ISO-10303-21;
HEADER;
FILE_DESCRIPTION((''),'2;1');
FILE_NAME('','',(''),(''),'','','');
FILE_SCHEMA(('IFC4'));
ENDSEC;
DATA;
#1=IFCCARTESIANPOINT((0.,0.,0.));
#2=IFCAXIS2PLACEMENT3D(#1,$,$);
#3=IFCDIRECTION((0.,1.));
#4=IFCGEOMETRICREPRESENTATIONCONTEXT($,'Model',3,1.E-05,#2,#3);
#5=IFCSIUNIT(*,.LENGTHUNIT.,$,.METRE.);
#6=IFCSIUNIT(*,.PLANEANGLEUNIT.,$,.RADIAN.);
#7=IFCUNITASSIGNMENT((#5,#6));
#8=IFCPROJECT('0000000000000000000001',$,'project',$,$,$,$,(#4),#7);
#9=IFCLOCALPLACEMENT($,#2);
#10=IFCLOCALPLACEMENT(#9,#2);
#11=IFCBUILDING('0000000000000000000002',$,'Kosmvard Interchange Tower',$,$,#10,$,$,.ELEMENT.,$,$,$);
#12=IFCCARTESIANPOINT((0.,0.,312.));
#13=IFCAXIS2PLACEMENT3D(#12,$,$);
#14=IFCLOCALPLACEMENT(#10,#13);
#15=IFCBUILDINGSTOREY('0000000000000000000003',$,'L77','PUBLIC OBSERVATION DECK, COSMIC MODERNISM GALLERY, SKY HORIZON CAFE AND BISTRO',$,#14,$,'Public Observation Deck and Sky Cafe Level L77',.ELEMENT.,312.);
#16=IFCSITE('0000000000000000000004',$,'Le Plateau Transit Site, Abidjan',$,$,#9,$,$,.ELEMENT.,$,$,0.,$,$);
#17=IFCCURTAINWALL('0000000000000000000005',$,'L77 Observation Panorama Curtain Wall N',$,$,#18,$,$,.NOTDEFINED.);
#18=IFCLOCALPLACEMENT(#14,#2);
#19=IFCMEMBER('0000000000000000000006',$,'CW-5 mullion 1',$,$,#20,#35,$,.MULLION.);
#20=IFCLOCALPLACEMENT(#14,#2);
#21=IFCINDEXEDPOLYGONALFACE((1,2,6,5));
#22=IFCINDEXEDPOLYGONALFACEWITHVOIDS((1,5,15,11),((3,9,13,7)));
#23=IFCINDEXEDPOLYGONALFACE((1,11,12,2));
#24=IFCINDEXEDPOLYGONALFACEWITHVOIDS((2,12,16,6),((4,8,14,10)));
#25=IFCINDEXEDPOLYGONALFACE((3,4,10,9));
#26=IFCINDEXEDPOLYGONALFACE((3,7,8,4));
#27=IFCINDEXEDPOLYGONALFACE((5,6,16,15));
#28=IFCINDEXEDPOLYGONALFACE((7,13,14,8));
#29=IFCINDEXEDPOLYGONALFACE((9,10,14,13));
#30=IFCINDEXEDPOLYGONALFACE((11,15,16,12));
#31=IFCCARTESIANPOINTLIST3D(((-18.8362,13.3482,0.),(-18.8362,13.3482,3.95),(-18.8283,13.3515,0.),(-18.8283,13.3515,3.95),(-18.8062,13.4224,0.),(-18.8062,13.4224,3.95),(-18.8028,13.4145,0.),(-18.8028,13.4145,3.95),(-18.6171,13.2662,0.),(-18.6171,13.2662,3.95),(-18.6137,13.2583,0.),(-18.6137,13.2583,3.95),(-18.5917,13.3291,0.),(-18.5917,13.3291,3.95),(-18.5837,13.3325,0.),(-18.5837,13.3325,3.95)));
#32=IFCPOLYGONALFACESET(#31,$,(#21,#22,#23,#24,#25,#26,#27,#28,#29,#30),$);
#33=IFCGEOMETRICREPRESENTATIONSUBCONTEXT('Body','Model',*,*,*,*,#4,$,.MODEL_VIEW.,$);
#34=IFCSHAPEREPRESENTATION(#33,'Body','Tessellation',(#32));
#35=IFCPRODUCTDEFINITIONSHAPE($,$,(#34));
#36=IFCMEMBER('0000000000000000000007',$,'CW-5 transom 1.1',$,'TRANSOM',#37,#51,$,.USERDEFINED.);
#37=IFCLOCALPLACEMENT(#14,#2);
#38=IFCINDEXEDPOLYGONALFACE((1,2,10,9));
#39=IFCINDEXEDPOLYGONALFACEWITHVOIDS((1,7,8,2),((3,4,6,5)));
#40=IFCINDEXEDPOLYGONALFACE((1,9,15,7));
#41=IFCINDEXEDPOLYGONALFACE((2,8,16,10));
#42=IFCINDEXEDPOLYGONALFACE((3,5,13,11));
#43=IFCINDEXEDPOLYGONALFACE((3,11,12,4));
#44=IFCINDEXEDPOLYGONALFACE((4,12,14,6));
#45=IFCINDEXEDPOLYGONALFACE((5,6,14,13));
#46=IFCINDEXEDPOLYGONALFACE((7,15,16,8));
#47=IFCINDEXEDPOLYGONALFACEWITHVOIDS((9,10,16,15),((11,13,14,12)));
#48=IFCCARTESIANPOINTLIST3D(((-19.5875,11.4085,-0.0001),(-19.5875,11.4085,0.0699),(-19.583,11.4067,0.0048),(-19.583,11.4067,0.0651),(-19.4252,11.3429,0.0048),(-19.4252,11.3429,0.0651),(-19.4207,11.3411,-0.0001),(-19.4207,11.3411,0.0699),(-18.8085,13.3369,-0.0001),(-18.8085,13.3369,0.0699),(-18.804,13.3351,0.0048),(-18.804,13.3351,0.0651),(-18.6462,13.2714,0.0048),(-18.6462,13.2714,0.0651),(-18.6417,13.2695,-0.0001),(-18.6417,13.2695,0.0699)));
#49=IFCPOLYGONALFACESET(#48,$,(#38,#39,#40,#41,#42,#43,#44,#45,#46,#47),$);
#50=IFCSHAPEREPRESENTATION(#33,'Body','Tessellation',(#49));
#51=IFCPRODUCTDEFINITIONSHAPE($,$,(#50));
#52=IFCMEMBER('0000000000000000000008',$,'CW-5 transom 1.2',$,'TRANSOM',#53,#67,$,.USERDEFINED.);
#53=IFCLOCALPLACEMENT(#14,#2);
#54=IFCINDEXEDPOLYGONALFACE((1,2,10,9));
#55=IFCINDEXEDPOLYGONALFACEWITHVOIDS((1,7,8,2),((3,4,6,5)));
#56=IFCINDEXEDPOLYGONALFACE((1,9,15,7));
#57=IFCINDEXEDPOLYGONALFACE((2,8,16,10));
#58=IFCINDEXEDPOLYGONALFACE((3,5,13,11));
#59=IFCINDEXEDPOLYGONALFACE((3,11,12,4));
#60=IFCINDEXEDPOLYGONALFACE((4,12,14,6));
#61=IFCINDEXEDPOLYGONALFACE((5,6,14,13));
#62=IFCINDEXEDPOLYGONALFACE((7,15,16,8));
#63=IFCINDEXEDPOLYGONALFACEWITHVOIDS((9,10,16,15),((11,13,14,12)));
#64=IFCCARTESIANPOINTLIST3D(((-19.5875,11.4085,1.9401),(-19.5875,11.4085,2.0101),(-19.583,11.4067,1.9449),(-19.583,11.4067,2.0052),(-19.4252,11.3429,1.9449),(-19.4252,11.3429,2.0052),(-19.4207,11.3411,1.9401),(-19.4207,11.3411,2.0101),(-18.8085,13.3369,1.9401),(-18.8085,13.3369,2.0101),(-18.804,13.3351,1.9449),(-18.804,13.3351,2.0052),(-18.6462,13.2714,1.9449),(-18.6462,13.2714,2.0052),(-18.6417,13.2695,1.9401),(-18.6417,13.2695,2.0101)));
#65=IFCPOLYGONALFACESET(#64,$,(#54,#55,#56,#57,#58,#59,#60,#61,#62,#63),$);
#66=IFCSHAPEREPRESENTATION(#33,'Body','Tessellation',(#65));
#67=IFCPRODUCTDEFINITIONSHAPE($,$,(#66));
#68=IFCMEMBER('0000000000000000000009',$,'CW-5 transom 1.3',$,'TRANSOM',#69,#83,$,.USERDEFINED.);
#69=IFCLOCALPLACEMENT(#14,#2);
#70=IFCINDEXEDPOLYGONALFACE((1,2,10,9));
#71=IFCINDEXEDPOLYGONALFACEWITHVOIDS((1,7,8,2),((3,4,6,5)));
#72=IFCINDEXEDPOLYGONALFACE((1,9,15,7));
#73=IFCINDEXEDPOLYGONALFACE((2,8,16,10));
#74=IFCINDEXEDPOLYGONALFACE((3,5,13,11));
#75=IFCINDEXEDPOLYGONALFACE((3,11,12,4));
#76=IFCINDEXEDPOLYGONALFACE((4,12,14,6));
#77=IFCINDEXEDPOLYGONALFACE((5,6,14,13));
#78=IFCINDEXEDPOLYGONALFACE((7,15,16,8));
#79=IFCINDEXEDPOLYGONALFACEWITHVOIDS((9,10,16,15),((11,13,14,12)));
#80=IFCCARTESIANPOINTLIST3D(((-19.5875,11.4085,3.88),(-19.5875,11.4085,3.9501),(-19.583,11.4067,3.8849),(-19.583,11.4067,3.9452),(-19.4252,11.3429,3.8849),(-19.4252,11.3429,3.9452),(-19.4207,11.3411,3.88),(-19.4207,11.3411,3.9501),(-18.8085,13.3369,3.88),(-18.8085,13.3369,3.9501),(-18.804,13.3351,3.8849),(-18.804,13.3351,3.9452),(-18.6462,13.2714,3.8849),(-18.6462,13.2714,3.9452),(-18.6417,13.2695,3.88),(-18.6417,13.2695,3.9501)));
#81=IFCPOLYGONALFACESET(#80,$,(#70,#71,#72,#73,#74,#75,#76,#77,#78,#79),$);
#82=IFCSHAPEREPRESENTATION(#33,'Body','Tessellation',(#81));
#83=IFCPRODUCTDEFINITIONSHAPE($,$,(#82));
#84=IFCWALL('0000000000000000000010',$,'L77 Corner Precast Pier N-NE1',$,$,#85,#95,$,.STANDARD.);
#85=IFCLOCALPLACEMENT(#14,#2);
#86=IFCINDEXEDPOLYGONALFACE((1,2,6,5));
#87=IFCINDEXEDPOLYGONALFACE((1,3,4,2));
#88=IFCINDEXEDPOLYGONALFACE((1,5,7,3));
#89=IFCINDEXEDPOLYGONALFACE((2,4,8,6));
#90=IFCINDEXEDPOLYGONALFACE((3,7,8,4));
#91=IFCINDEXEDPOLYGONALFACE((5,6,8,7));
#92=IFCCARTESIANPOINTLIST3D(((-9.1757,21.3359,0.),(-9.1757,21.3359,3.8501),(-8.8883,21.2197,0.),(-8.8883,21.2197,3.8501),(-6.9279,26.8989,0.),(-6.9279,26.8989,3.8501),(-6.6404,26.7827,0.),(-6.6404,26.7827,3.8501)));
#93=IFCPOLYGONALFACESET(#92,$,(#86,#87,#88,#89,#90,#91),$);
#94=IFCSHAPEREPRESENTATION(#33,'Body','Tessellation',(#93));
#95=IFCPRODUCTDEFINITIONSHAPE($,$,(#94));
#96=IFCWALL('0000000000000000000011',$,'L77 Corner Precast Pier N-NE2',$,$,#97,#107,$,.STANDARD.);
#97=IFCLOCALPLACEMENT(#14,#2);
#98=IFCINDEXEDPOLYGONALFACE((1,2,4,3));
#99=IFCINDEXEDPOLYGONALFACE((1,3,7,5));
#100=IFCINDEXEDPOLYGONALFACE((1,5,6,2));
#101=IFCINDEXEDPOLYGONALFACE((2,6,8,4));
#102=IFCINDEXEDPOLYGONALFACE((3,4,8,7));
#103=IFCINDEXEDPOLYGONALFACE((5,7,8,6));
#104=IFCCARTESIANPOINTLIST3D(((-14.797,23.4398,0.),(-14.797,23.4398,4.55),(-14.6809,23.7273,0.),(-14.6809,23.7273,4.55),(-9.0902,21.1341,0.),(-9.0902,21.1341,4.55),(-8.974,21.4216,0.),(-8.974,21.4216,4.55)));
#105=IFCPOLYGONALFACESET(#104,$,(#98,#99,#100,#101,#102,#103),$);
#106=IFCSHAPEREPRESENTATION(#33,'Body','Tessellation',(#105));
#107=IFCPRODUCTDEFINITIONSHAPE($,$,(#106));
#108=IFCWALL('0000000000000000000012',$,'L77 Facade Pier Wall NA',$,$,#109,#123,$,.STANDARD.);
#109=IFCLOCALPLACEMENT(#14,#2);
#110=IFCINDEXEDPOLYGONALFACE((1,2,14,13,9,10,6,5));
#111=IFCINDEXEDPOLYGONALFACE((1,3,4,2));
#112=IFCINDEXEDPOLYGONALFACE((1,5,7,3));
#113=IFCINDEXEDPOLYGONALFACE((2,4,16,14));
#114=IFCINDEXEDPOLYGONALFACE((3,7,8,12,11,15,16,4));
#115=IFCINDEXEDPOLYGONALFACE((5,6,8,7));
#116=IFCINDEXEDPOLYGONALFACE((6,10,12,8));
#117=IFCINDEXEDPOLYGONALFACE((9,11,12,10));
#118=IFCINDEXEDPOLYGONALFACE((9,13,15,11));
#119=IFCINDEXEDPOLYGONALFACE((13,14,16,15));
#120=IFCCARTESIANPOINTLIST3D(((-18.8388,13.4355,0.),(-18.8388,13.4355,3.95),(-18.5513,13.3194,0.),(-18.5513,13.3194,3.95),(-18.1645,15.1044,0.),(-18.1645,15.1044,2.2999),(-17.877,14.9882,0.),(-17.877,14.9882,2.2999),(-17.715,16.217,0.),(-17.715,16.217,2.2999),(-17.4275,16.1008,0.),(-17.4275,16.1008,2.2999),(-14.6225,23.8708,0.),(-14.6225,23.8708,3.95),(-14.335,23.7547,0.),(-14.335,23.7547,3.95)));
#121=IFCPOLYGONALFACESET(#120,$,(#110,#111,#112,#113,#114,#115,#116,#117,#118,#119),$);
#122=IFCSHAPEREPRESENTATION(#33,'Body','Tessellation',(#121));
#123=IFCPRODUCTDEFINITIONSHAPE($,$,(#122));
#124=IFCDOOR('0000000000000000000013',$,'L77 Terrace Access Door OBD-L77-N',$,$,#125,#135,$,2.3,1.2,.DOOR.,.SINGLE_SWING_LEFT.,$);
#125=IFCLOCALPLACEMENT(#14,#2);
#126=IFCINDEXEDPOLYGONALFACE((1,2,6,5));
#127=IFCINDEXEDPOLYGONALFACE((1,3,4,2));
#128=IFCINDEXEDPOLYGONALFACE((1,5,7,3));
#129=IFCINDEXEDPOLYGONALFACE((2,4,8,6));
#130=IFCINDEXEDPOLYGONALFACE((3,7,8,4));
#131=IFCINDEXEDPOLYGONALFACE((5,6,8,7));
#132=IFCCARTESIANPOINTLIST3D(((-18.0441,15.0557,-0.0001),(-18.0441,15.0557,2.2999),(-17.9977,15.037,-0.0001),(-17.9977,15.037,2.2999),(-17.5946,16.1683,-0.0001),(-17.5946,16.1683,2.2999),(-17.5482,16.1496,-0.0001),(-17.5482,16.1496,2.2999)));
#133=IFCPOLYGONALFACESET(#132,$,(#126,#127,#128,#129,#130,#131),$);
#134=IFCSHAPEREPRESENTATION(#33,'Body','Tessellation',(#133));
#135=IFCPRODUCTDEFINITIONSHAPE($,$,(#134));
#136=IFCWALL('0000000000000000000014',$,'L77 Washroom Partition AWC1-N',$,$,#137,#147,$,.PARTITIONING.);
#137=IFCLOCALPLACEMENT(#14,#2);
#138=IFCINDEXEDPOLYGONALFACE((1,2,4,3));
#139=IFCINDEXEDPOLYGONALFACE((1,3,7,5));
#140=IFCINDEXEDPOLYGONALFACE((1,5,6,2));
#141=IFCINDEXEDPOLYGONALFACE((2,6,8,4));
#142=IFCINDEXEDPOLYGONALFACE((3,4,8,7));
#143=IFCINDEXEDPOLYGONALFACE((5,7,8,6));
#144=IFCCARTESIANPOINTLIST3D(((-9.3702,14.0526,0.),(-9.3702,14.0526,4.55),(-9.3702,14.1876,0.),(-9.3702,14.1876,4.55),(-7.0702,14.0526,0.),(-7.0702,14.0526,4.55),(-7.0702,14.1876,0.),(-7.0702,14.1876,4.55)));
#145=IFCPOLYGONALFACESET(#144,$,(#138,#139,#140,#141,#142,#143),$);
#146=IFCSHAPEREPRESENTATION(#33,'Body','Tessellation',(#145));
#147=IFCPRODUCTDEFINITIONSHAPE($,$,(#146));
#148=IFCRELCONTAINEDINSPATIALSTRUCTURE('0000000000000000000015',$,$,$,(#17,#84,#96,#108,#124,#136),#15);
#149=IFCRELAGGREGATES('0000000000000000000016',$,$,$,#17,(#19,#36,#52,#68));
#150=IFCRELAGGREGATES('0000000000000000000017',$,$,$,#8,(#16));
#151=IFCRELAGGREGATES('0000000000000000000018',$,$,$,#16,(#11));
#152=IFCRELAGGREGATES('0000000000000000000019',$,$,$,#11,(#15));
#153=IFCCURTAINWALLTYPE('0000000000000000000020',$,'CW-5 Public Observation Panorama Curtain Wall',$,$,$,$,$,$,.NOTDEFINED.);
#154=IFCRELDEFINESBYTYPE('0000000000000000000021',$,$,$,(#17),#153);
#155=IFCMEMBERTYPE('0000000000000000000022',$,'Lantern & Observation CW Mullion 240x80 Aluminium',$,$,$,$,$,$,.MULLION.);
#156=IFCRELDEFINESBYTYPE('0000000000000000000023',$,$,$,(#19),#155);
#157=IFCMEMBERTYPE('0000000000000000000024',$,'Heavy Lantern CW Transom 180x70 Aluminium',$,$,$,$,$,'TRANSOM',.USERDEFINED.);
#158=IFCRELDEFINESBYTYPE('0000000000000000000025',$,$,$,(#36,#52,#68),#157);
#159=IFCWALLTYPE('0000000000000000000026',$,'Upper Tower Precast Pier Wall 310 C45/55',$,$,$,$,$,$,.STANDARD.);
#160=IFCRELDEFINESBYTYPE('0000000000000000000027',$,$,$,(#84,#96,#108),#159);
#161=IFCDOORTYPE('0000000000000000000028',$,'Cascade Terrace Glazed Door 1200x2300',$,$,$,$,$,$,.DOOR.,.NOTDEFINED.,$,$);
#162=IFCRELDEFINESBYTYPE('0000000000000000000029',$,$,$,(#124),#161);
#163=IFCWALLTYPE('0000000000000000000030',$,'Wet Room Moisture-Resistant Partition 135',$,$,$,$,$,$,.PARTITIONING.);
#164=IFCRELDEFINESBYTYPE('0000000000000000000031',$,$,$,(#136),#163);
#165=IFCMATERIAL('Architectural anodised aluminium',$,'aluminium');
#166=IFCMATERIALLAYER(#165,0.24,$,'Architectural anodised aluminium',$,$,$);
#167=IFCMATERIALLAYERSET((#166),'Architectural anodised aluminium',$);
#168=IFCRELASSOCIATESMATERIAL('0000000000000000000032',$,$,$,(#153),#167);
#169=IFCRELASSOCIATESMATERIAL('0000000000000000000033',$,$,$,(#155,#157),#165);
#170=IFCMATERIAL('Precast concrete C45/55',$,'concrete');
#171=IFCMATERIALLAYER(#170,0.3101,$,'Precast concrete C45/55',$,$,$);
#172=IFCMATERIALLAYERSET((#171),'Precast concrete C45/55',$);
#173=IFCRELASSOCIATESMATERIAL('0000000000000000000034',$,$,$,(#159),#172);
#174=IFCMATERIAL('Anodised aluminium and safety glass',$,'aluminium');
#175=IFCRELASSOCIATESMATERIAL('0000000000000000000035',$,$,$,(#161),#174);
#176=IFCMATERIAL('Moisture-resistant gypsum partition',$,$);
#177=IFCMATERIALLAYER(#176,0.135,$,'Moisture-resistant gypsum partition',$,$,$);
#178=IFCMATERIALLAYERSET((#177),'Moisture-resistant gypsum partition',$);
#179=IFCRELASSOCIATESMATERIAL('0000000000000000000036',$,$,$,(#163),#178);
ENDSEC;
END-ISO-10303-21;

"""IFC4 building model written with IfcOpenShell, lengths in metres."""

from ifc_helpers import new_model, si_unit, direction, frame, frame_2d, origin, origin_2d, place, context, subcontext, project, spatial, rectangle, hollow_rectangle, extrude, source, transform, mapped, material, layer, layer_set, material_profile, profile_set, type_object, element, fill, aggregate, save


model = new_model("IFC4")

# Units and contexts
model_context = context("Model", 3, precision=1e-05, world=origin(), true_north=direction((0.0, 1.0)))
body_context = subcontext(model_context, "Body", "Model", "MODEL_VIEW")
ifc_project = project(units=[si_unit("LENGTHUNIT", "METRE"), si_unit("PLANEANGLEUNIT", "RADIAN")], contexts=[model_context])

# Site, building, storey
site_placement = place(None, origin())
site = spatial("IfcSite", under=ifc_project, at=site_placement, Name="Le Plateau Transit Site, Abidjan", CompositionType="ELEMENT", RefElevation=0.0)
building_placement = place(site_placement, origin())
building = spatial("IfcBuilding", under=site, at=building_placement, Name="Kosmvard Interchange Tower", CompositionType="ELEMENT")
storey_placement = place(building_placement, frame((0.0, 0.0, 312.0)))
storey = spatial("IfcBuildingStorey", under=building, at=storey_placement, Name="L77", Description="PUBLIC OBSERVATION DECK, COSMIC MODERNISM GALLERY, SKY HORIZON CAFE AND BISTRO", LongName="Public Observation Deck and Sky Cafe Level L77", CompositionType="ELEMENT", Elevation=312.0)

# Shared definitions
ifc_material_1 = material(Name="Precast concrete C45/55", Category="concrete")

# Curtain wall, members
ifc_material_2 = material(Name="Architectural anodised aluminium", Category="aluminium")
ifc_layer_1 = layer(ifc_material_2, 0.24, Name="Architectural anodised aluminium")
ifc_layer_set_1 = layer_set([ifc_layer_1], Name="Architectural anodised aluminium")
curtain_wall_type = type_object("IfcCurtainWallType", Name="CW-5 Public Observation Panorama Curtain Wall", PredefinedType="NOTDEFINED", material=ifc_layer_set_1)
curtain_wall_placement = place(storey_placement, origin())
curtain_wall = element("IfcCurtainWall", 1, at=curtain_wall_placement, inside=storey, type_object=curtain_wall_type, Name="L77 Observation Panorama Curtain Wall N", PredefinedType="NOTDEFINED")
ifc_material_profile_1 = material_profile(ifc_material_2, hollow_rectangle(XDim=0.24, YDim=0.0801, WallThickness=0.0061, at=origin_2d()), Name="CWM 240x80x6")
ifc_profile_set_1 = profile_set([ifc_material_profile_1], Name="Architectural anodised aluminium")
member_type_1 = type_object("IfcMemberType", Name="Lantern & Observation CW Mullion 240x80 Aluminium", PredefinedType="MULLION", material=ifc_profile_set_1)
shared_shape_1 = source(origin(), body_context, "Body", "SweptSolid", [
    extrude(hollow_rectangle(XDim=0.24, YDim=0.0801, WallThickness=0.0061, at=origin_2d()), origin(), (0.0, 0.0, 1.0), 3.95),
])
member_1_placement = place(storey_placement, frame((-18.71, 13.3403, 0.0), z_axis=(0.0, 0.0, 1.0), x_axis=(0.927184, -0.374607, 0.0)))
member_1 = element("IfcMember", 2, at=member_1_placement, type_object=member_type_1, Name="CW-5 mullion 1", PredefinedType="MULLION", context=body_context, shape_type="MappedRepresentation", body=[
    mapped(shared_shape_1, transform((0.0, 0.0, 0.0), scale=1.0)),
])
ifc_material_profile_2 = material_profile(ifc_material_2, hollow_rectangle(XDim=0.1799, YDim=0.0701, WallThickness=0.0049, at=origin_2d()), Name="CWT 180x70x5")
ifc_profile_set_2 = profile_set([ifc_material_profile_2], Name="Architectural anodised aluminium")
member_type_2 = type_object("IfcMemberType", Name="Heavy Lantern CW Transom 180x70 Aluminium", ElementType="TRANSOM", PredefinedType="USERDEFINED", material=ifc_profile_set_2)
shared_shape_2 = source(origin(), body_context, "Body", "SweptSolid", [
    extrude(hollow_rectangle(XDim=0.1799, YDim=0.0701, WallThickness=0.0049, at=origin_2d()), origin(), (0.0, 0.0, 1.0), 2.0798),
])
member_2_placement = place(storey_placement, frame((-18.7251, 13.3032, 0.0349), z_axis=(-0.374566, -0.9272, 0.0), x_axis=(0.9272, -0.374566, 0.0)))
member_2 = element("IfcMember", 3, at=member_2_placement, type_object=member_type_2, Name="CW-5 transom 1.1", ObjectType="TRANSOM", PredefinedType="USERDEFINED", context=body_context, shape_type="MappedRepresentation", body=[
    mapped(shared_shape_2, transform((0.0, 0.0, 0.0), scale=1.0)),
])
member_3_placement = place(storey_placement, frame((-18.7251, 13.3032, 1.9751), z_axis=(-0.374566, -0.9272, 0.0), x_axis=(0.9272, -0.374566, 0.0)))
member_3 = element("IfcMember", 4, at=member_3_placement, type_object=member_type_2, Name="CW-5 transom 1.2", ObjectType="TRANSOM", PredefinedType="USERDEFINED", context=body_context, shape_type="MappedRepresentation", body=[
    mapped(shared_shape_2, transform((0.0, 0.0, 0.0), scale=1.0)),
])
member_4_placement = place(storey_placement, frame((-18.7251, 13.3032, 3.915), z_axis=(-0.374566, -0.9272, 0.0), x_axis=(0.9272, -0.374566, 0.0)))
member_4 = element("IfcMember", 5, at=member_4_placement, type_object=member_type_2, Name="CW-5 transom 1.3", ObjectType="TRANSOM", PredefinedType="USERDEFINED", context=body_context, shape_type="MappedRepresentation", body=[
    mapped(shared_shape_2, transform((0.0, 0.0, 0.0), scale=1.0)),
])
aggregate(curtain_wall, [member_1, member_2, member_3, member_4])

# Walls
ifc_layer_2 = layer(ifc_material_1, 0.3101, Name="Precast concrete C45/55")
ifc_layer_set_2 = layer_set([ifc_layer_2], Name="Precast concrete C45/55")
wall_type_1 = type_object("IfcWallType", Name="Upper Tower Precast Pier Wall 310 C45/55", PredefinedType="STANDARD", material=ifc_layer_set_2)
wall_1_placement = place(storey_placement, frame((-6.7842, 26.8408, 0.0), z_axis=(0.0, 0.0, 1.0), x_axis=(-0.374637, -0.927172, 0.0)))
element("IfcWall", 6, at=wall_1_placement, inside=storey, type_object=wall_type_1, Name="L77 Corner Precast Pier N-NE1", PredefinedType="STANDARD", context=body_context, shape_type="SweptSolid", body=[
    extrude(rectangle(XDim=6.0, YDim=0.3101, at=frame_2d((3.0, 0.0))), origin(), (0.0, 0.0, 1.0), 3.8501),
])
wall_2_placement = place(storey_placement, frame((-9.032, 21.2778, 0.0), z_axis=(0.0, 0.0, 1.0), x_axis=(-0.927185, 0.374603, 0.0)))
element("IfcWall", 7, at=wall_2_placement, inside=storey, type_object=wall_type_1, Name="L77 Corner Precast Pier N-NE2", PredefinedType="STANDARD", context=body_context, shape_type="SweptSolid", body=[
    extrude(rectangle(XDim=6.155, YDim=0.3101, at=frame_2d((3.0776, 0.0))), origin(), (0.0, 0.0, 1.0), 4.55),
])

# Wall, opening, door
wall_3_placement = place(storey_placement, frame((-14.4788, 23.8127, 0.0), z_axis=(0.0, 0.0, 1.0), x_axis=(-0.37462, -0.927179, 0.0)))
wall_3 = element("IfcWall", 8, at=wall_3_placement, inside=storey, type_object=wall_type_1, Name="L77 Facade Pier Wall NA", PredefinedType="STANDARD", context=body_context, shape_type="SweptSolid", body=[
    extrude(rectangle(XDim=11.2549, YDim=0.3101, at=frame_2d((5.6274, 0.0))), origin(), (0.0, 0.0, 1.0), 3.95),
])
opening_placement = place(wall_3_placement, frame((8.2549, 0.0, 0.0)))
opening = element("IfcOpeningElement", 9, at=opening_placement, cuts=wall_3, PredefinedType="OPENING", context=body_context, shape_type="SweptSolid", body=[
    extrude(rectangle(XDim=1.2, YDim=2.3, at=frame_2d((0.6001, 1.1499))), frame((0.0, 0.165, 0.0), z_axis=(0.0, -1.0, 0.0), x_axis=(1.0, 0.0, 0.0)), (0.0, 0.0, 1.0), 0.3301),
])
ifc_material_3 = material(Name="Anodised aluminium and safety glass", Category="aluminium")
door_type = type_object("IfcDoorType", Name="Cascade Terrace Glazed Door 1200x2300", OperationType="NOTDEFINED", PredefinedType="DOOR", material=ifc_material_3)
shared_shape_3 = source(origin(), body_context, "Body", "SweptSolid", [
    extrude(rectangle(XDim=1.2, YDim=2.3, at=frame_2d((0.6001, 1.1499))), frame((0.0, 0.0249, 0.0), z_axis=(0.0, -1.0, 0.0), x_axis=(1.0, 0.0, 0.0)), (0.0, 0.0, 1.0), 0.05),
])
door_placement = place(opening_placement, origin())
door = element("IfcDoor", 10, at=door_placement, inside=storey, type_object=door_type, Name="L77 Terrace Access Door OBD-L77-N", OperationType="SINGLE_SWING_LEFT", OverallHeight=2.3, OverallWidth=1.2, PredefinedType="DOOR", context=body_context, shape_type="MappedRepresentation", body=[
    mapped(shared_shape_3, transform((0.0, 0.0, 0.0), scale=1.0)),
])
fill(opening, door)

# Wall
ifc_material_4 = material(Name="Moisture-resistant gypsum partition")
ifc_layer_3 = layer(ifc_material_4, 0.135, Name="Moisture-resistant gypsum partition")
ifc_layer_set_3 = layer_set([ifc_layer_3], Name="Moisture-resistant gypsum partition")
wall_type_2 = type_object("IfcWallType", Name="Wet Room Moisture-Resistant Partition 135", PredefinedType="PARTITIONING", material=ifc_layer_set_3)
wall_4_placement = place(storey_placement, frame((-9.3701, 14.1201, 0.0), z_axis=(0.0, 0.0, 1.0), x_axis=(1.0, 0.0, 0.0)))
element("IfcWall", 11, at=wall_4_placement, inside=storey, type_object=wall_type_2, Name="L77 Washroom Partition AWC1-N", PredefinedType="PARTITIONING", context=body_context, shape_type="SweptSolid", body=[
    extrude(rectangle(XDim=2.3, YDim=0.135, at=frame_2d((1.1499, 0.0))), origin(), (0.0, 0.0, 1.0), 4.55),
])

save(model, "model.ifc")
